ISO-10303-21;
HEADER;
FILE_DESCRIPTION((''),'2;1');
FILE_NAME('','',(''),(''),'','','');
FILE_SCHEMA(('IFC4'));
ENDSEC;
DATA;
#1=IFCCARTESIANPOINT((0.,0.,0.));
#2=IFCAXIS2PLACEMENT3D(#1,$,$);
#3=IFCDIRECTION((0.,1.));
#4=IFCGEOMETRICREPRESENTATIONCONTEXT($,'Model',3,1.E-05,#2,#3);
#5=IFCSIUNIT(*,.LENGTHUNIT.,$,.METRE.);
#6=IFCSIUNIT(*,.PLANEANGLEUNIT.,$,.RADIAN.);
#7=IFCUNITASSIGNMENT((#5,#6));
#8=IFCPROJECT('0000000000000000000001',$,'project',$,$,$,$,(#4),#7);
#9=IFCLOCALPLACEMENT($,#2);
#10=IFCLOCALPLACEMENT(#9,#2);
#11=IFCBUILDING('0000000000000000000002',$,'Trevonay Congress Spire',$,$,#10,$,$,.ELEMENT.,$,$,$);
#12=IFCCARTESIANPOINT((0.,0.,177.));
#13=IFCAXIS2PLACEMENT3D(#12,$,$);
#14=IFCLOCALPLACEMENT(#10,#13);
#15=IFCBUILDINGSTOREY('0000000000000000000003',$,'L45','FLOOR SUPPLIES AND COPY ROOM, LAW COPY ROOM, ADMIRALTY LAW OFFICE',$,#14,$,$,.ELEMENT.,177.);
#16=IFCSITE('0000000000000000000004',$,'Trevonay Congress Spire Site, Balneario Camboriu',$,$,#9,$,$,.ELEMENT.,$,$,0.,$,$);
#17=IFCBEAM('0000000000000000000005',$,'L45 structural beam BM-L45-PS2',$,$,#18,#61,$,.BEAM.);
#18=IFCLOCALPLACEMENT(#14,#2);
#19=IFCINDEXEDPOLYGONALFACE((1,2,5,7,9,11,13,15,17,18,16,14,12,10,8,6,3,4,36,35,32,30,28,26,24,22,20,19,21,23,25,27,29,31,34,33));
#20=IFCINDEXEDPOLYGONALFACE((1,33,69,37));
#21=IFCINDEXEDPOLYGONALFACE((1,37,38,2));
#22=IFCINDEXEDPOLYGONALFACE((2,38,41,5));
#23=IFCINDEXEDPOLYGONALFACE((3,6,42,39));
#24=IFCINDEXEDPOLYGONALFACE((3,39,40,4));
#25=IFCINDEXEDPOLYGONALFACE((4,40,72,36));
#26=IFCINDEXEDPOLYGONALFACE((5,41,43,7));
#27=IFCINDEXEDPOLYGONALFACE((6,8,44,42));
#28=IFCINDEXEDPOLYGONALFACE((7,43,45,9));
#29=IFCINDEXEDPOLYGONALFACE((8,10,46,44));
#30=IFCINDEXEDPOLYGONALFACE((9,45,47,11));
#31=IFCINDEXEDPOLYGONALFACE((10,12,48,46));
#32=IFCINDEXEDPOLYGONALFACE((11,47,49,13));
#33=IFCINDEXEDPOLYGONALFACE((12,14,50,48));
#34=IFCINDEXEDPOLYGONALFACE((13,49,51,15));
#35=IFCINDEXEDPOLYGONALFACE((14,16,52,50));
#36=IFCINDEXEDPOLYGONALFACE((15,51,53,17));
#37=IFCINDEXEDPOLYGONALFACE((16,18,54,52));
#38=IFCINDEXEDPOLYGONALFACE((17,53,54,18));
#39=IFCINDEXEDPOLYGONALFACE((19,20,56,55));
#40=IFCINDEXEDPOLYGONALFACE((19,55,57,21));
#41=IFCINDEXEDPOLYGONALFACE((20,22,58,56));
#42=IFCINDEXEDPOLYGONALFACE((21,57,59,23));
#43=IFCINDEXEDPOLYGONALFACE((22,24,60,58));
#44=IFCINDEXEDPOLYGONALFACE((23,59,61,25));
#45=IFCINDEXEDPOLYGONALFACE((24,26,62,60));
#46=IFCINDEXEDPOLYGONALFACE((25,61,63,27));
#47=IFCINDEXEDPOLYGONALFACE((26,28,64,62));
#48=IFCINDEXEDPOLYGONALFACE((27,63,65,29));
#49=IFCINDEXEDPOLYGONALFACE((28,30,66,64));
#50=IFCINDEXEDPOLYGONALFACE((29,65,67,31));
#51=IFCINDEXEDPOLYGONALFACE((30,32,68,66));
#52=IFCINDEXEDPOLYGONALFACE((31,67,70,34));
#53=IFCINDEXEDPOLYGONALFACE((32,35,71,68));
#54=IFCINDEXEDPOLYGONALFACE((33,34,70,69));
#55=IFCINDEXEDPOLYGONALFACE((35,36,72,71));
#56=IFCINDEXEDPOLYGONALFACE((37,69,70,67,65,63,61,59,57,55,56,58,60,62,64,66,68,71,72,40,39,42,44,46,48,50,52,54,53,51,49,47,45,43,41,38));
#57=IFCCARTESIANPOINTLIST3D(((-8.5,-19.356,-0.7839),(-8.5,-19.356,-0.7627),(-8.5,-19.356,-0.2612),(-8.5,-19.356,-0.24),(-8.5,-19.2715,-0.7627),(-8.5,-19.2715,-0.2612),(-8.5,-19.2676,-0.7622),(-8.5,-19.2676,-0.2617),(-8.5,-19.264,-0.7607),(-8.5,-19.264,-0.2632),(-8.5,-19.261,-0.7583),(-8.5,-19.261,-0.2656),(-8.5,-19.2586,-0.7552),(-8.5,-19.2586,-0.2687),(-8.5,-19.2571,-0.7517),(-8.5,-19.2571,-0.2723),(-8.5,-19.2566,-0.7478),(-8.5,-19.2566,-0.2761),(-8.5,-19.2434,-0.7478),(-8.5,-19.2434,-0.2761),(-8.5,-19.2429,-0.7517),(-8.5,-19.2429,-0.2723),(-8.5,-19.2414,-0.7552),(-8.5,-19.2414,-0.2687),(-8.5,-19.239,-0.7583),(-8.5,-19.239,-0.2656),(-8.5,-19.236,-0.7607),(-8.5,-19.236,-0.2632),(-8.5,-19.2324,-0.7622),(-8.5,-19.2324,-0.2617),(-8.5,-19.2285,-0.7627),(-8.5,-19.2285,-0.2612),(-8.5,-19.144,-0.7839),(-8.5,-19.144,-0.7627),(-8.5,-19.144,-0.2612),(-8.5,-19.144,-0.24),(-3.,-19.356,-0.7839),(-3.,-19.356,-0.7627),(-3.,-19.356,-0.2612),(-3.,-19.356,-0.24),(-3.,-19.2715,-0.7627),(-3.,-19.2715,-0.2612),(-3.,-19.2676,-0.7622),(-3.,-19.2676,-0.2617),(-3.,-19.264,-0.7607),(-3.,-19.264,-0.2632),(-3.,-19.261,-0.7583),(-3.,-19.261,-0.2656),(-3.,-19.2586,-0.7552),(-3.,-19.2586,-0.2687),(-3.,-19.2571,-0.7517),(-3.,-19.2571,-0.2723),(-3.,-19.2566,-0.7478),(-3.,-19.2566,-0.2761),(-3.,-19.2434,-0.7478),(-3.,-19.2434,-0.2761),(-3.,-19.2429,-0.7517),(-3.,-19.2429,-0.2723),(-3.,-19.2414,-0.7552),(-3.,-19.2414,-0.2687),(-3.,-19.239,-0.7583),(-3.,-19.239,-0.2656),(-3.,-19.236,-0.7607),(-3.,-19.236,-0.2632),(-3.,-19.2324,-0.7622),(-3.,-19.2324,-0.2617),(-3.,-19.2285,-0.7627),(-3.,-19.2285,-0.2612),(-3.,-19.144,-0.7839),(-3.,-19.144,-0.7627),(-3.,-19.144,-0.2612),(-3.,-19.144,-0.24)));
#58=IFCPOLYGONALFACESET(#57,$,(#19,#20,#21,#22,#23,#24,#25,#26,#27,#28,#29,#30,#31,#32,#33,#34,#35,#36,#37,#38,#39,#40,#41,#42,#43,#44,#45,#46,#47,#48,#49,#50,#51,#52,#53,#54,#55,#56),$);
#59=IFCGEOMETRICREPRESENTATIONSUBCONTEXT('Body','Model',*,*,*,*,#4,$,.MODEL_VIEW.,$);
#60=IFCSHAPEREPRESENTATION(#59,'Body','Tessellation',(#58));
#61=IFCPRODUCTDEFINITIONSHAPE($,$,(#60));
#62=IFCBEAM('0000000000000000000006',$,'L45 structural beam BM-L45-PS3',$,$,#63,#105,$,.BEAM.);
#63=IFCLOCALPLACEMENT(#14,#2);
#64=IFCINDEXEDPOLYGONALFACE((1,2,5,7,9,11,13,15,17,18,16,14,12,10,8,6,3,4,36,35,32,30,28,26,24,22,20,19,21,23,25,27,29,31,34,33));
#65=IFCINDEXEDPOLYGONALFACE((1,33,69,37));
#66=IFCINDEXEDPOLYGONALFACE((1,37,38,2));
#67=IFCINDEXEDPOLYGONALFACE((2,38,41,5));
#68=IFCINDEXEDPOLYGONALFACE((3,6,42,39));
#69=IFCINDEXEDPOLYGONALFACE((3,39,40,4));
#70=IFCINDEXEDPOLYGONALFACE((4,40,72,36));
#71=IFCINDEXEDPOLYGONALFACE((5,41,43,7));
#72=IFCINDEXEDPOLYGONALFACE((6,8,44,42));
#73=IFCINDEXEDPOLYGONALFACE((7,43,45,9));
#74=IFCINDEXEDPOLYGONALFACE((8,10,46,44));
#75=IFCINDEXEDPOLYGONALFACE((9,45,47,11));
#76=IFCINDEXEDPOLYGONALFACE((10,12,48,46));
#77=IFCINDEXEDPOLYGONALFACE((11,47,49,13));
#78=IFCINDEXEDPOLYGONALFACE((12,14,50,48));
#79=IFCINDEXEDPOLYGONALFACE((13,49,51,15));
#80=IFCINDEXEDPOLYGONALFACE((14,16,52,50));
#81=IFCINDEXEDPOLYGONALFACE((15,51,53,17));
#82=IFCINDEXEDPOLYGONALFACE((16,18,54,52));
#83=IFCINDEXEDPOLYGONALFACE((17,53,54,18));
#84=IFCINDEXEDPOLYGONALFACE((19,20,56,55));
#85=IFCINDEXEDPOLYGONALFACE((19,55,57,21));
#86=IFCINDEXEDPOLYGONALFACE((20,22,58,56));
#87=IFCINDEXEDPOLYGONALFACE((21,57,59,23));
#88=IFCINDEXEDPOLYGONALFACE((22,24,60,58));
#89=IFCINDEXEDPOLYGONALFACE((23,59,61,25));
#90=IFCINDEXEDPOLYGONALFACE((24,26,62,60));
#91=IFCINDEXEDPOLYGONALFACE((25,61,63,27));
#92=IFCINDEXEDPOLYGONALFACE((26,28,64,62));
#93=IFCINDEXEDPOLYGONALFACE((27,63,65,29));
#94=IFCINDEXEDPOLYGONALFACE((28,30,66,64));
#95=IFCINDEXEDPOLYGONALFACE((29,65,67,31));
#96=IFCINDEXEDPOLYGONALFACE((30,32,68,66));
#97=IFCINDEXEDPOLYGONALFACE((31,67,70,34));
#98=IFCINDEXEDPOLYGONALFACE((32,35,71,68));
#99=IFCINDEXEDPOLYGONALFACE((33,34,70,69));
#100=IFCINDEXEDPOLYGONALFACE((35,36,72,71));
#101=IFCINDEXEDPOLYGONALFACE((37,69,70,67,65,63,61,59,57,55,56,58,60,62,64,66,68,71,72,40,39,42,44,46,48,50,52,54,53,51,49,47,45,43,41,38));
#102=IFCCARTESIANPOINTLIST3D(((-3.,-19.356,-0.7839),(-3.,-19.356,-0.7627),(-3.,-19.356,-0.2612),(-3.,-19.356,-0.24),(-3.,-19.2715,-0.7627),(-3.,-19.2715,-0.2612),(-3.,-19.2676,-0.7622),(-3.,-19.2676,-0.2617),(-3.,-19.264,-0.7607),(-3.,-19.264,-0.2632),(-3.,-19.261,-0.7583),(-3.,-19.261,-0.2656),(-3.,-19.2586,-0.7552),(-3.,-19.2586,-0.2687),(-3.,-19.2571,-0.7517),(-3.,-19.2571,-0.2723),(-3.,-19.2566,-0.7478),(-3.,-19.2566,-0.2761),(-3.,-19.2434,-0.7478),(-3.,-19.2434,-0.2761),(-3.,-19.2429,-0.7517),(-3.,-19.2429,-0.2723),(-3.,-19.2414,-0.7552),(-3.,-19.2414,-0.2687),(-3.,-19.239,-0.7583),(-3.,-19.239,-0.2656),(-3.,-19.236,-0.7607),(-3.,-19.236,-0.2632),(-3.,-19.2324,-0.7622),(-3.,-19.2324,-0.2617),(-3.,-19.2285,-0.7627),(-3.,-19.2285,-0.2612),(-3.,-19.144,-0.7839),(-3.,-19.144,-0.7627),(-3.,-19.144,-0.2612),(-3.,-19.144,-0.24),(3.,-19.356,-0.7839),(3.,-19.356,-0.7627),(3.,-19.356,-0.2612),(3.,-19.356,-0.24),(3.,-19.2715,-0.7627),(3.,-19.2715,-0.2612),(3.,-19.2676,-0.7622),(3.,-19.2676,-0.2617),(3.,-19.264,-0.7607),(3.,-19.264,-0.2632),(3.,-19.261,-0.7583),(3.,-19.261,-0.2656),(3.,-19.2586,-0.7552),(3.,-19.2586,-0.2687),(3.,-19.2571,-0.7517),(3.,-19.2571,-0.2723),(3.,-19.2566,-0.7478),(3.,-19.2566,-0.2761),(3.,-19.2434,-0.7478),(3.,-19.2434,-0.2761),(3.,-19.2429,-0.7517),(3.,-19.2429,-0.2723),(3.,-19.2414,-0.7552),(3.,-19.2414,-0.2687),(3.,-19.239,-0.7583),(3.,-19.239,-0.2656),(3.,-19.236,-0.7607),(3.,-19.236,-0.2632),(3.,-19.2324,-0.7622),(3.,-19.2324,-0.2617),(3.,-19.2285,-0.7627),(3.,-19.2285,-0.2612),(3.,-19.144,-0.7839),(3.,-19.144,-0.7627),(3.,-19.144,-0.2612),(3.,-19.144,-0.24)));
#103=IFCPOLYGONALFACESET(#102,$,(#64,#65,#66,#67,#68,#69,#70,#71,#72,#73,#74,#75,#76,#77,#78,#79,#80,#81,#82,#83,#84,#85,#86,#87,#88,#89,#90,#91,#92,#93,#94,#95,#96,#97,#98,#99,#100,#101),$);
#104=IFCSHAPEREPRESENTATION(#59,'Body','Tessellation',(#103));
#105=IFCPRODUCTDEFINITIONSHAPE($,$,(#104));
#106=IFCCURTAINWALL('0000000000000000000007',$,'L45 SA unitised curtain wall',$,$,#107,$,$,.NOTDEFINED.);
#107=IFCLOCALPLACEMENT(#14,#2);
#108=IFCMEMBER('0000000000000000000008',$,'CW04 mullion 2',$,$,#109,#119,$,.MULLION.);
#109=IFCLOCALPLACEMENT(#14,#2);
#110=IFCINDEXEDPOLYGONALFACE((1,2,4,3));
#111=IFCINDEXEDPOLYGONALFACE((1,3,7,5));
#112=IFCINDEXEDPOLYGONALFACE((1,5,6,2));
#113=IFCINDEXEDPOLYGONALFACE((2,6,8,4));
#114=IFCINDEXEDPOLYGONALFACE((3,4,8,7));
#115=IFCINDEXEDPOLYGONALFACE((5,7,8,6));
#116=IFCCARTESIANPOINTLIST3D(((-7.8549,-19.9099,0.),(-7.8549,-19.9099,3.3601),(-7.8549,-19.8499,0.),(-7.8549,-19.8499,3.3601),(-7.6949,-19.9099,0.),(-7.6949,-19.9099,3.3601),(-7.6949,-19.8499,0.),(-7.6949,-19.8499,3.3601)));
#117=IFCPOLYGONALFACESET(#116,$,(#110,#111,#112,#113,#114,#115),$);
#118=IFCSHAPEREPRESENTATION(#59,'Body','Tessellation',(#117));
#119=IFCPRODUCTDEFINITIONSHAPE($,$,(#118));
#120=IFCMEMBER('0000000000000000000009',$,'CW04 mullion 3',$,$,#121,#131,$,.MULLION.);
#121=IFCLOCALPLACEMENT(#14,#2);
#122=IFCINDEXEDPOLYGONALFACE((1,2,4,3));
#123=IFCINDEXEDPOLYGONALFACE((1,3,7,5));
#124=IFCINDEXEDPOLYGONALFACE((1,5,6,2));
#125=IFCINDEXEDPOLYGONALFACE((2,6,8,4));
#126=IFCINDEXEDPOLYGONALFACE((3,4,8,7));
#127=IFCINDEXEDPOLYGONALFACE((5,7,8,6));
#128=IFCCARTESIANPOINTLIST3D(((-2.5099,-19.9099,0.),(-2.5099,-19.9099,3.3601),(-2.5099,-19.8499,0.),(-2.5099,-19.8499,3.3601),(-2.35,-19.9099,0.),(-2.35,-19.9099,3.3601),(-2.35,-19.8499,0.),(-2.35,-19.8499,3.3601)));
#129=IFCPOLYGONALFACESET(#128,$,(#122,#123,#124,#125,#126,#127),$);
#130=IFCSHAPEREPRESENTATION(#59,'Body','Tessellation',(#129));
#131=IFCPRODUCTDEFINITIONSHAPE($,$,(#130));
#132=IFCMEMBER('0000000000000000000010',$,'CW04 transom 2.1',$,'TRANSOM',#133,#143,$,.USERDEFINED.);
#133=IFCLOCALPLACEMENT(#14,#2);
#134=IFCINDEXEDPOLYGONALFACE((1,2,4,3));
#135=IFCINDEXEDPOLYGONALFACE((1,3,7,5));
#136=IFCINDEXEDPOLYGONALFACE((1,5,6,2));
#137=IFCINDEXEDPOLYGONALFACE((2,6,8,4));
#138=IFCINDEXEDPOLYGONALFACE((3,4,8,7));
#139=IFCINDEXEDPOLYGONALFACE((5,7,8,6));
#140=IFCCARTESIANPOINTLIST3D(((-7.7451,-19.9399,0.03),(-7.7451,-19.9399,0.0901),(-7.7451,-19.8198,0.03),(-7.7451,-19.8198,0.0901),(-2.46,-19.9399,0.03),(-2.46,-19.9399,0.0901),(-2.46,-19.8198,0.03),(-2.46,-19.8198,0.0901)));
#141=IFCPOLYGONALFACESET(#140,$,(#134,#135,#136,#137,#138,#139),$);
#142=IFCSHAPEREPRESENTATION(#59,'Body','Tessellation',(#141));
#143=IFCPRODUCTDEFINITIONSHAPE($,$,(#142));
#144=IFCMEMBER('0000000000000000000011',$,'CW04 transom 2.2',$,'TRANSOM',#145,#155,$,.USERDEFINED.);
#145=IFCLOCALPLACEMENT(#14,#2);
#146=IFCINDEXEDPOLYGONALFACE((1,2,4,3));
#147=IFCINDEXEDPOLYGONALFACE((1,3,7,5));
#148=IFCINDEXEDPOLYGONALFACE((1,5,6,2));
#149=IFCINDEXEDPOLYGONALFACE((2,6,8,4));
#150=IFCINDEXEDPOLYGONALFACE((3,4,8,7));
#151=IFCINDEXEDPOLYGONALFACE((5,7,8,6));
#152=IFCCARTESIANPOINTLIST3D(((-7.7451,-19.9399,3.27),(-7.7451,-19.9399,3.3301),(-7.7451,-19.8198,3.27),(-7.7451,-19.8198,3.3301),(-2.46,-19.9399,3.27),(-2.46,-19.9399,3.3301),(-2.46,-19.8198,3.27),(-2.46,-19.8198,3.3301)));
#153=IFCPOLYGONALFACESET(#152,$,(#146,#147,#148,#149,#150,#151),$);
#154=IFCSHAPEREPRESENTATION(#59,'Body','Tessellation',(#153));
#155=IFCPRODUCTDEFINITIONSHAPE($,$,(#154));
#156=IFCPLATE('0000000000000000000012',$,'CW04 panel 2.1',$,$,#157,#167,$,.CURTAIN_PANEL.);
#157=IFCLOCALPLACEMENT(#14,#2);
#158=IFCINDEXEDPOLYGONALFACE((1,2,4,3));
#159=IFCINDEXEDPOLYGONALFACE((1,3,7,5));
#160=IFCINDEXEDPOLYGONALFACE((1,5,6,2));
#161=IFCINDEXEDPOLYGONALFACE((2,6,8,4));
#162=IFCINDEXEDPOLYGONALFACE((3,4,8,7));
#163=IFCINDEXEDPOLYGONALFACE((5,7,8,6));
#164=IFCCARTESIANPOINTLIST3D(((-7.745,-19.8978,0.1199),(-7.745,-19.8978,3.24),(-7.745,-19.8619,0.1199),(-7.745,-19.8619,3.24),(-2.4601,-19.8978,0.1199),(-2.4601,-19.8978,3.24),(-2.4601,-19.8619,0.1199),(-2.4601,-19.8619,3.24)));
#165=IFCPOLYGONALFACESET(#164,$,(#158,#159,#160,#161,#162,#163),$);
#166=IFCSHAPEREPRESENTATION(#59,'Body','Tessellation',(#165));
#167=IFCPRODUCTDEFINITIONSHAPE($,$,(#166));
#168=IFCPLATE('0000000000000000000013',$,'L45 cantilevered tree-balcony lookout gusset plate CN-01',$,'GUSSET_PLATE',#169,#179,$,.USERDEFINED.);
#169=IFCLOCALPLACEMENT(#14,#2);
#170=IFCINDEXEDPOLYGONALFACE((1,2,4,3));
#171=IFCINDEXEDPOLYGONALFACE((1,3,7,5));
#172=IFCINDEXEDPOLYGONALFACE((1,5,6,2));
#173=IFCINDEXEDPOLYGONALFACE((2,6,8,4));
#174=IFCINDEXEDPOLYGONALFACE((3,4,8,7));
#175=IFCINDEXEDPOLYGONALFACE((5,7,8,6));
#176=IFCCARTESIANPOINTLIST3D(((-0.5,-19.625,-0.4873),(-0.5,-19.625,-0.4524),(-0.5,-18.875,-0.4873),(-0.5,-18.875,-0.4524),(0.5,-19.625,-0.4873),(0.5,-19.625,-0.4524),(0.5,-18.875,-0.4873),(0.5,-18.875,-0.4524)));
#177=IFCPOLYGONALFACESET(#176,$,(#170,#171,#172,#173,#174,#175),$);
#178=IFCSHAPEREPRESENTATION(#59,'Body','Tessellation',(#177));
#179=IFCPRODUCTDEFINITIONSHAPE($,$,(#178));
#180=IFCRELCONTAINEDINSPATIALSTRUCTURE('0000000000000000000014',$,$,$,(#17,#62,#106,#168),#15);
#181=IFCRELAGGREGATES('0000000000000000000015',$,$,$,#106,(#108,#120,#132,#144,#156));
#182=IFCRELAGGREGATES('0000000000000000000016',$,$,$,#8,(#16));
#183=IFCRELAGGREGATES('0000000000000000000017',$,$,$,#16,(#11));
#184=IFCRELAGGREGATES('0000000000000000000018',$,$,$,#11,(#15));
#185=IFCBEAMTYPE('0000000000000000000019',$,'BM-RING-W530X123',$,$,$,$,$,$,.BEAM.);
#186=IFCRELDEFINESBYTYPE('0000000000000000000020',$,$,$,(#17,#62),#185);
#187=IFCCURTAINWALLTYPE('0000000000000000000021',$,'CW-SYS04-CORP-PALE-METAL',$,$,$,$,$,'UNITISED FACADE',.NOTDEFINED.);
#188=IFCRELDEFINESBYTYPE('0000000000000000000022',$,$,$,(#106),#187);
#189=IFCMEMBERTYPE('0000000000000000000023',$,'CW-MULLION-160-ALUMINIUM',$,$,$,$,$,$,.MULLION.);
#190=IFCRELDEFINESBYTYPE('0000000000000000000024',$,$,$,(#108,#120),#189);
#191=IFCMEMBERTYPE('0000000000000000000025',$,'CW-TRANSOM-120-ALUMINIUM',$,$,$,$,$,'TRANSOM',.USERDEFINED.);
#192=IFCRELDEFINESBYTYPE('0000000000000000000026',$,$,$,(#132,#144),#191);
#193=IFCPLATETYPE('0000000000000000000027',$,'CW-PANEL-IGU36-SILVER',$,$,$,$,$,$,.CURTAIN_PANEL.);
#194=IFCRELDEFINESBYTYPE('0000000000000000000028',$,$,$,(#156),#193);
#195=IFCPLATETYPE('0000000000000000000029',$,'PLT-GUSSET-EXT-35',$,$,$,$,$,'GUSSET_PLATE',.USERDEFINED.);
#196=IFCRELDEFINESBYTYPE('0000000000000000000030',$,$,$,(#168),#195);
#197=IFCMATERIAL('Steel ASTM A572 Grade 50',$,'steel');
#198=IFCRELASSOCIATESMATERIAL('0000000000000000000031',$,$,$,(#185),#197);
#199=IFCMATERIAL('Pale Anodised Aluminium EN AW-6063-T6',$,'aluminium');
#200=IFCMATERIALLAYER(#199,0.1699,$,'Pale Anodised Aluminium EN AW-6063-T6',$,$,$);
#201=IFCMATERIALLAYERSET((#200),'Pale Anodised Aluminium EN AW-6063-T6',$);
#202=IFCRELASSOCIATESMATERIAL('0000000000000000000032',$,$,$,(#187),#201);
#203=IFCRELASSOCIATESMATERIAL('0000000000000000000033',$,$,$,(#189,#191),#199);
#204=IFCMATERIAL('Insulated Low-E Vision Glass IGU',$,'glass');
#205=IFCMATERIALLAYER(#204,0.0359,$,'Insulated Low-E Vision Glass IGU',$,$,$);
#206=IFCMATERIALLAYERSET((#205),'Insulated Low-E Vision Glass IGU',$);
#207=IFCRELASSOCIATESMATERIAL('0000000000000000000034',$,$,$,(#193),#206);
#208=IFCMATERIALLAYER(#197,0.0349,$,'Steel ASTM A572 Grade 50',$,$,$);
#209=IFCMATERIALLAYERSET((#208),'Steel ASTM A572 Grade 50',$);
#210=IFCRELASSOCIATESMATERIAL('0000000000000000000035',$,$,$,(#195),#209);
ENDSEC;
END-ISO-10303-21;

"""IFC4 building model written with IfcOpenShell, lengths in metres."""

from ifc_helpers import new_model, si_unit, direction, frame, origin, origin_2d, place, context, subcontext, project, spatial, rectangle, i_section, extrude, material, layer, layer_set, material_profile, profile_set, type_object, element, aggregate, save


model = new_model("IFC4")

# Units and contexts
model_context = context("Model", 3, precision=1e-05, world=origin(), true_north=direction((0.0, 1.0)))
body_context = subcontext(model_context, "Body", "Model", "MODEL_VIEW")
ifc_project = project(units=[si_unit("LENGTHUNIT", "METRE"), si_unit("PLANEANGLEUNIT", "RADIAN")], contexts=[model_context])

# Site, building, storey
site_placement = place(None, origin())
site = spatial("IfcSite", under=ifc_project, at=site_placement, Name="Trevonay Congress Spire Site, Balneario Camboriu", CompositionType="ELEMENT", RefElevation=0.0)
building_placement = place(site_placement, origin())
building = spatial("IfcBuilding", under=site, at=building_placement, Name="Trevonay Congress Spire", CompositionType="ELEMENT")
storey_placement = place(building_placement, frame((0.0, 0.0, 177.0)))
storey = spatial("IfcBuildingStorey", under=building, at=storey_placement, Name="L45", Description="FLOOR SUPPLIES AND COPY ROOM, LAW COPY ROOM, ADMIRALTY LAW OFFICE", CompositionType="ELEMENT", Elevation=177.0)

# Shared definitions
ifc_material_1 = material(Name="Steel ASTM A572 Grade 50", Category="steel")

# Beams
ifc_material_profile_1 = material_profile(ifc_material_1, i_section(OverallWidth=0.2119, OverallDepth=0.5439, WebThickness=0.0132, FlangeThickness=0.0212, FilletRadius=0.0149, at=origin_2d()), Name="W530x123")
ifc_profile_set_1 = profile_set([ifc_material_profile_1], Name="Steel ASTM A572 Grade 50")
beam_type_1 = type_object("IfcBeamType", Name="BM-RING-W530X123", PredefinedType="BEAM", material=ifc_profile_set_1)
beam_1_placement = place(storey_placement, frame((-8.5, -19.25, -0.512), z_axis=(1.0, 0.0, 0.0), x_axis=(0.0, 1.0, 0.0)))
element("IfcBeam", 1, at=beam_1_placement, inside=storey, type_object=beam_type_1, Name="L45 structural beam BM-L45-PS2", PredefinedType="BEAM", context=body_context, shape_type="SweptSolid", body=[
    extrude(i_section(OverallWidth=0.2119, OverallDepth=0.5439, WebThickness=0.0132, FlangeThickness=0.0212, FilletRadius=0.0149, at=origin_2d()), origin(), (0.0, 0.0, 1.0), 5.5),
])
beam_2_placement = place(storey_placement, frame((-3.0, -19.25, -0.512), z_axis=(1.0, 0.0, 0.0), x_axis=(0.0, 1.0, 0.0)))
element("IfcBeam", 2, at=beam_2_placement, inside=storey, type_object=beam_type_1, Name="L45 structural beam BM-L45-PS3", PredefinedType="BEAM", context=body_context, shape_type="SweptSolid", body=[
    extrude(i_section(OverallWidth=0.2119, OverallDepth=0.5439, WebThickness=0.0132, FlangeThickness=0.0212, FilletRadius=0.0149, at=origin_2d()), origin(), (0.0, 0.0, 1.0), 6.0),
])

# Curtain wall, members, plate
ifc_material_2 = material(Name="Pale Anodised Aluminium EN AW-6063-T6", Category="aluminium")
ifc_layer_1 = layer(ifc_material_2, 0.1699, Name="Pale Anodised Aluminium EN AW-6063-T6")
ifc_layer_set_1 = layer_set([ifc_layer_1], Name="Pale Anodised Aluminium EN AW-6063-T6")
curtain_wall_type = type_object("IfcCurtainWallType", Name="CW-SYS04-CORP-PALE-METAL", ElementType="UNITISED FACADE", PredefinedType="NOTDEFINED", material=ifc_layer_set_1)
curtain_wall_placement = place(storey_placement, origin())
curtain_wall = element("IfcCurtainWall", 3, at=curtain_wall_placement, inside=storey, type_object=curtain_wall_type, Name="L45 SA unitised curtain wall", PredefinedType="NOTDEFINED")
ifc_material_profile_2 = material_profile(ifc_material_2, rectangle(XDim=0.0601, YDim=0.1599, at=origin_2d()), Name="CW-MULLION-160-ALUMINIUM")
ifc_profile_set_2 = profile_set([ifc_material_profile_2], Name="Pale Anodised Aluminium EN AW-6063-T6")
member_type_1 = type_object("IfcMemberType", Name="CW-MULLION-160-ALUMINIUM", PredefinedType="MULLION", material=ifc_profile_set_2)
member_1_placement = place(storey_placement, frame((-7.7749, -19.8799, 0.0), z_axis=(0.0, 0.0, 1.0), x_axis=(0.0, 1.0, 0.0)))
member_1 = element("IfcMember", 4, at=member_1_placement, type_object=member_type_1, Name="CW04 mullion 2", PredefinedType="MULLION", context=body_context, shape_type="SweptSolid", body=[
    extrude(rectangle(XDim=0.0601, YDim=0.1599, at=origin_2d()), origin(), (0.0, 0.0, 1.0), 3.3601),
])
member_2_placement = place(storey_placement, frame((-2.4299, -19.8799, 0.0), z_axis=(0.0, 0.0, 1.0), x_axis=(0.0, 1.0, 0.0)))
member_2 = element("IfcMember", 5, at=member_2_placement, type_object=member_type_1, Name="CW04 mullion 3", PredefinedType="MULLION", context=body_context, shape_type="SweptSolid", body=[
    extrude(rectangle(XDim=0.0601, YDim=0.1599, at=origin_2d()), origin(), (0.0, 0.0, 1.0), 3.3601),
])
ifc_material_profile_3 = material_profile(ifc_material_2, rectangle(XDim=0.1201, YDim=0.0601, at=origin_2d()), Name="CW-TRANSOM-120-ALUMINIUM")
ifc_profile_set_3 = profile_set([ifc_material_profile_3], Name="Pale Anodised Aluminium EN AW-6063-T6")
member_type_2 = type_object("IfcMemberType", Name="CW-TRANSOM-120-ALUMINIUM", ElementType="TRANSOM", PredefinedType="USERDEFINED", material=ifc_profile_set_3)
member_3_placement = place(storey_placement, frame((-7.7451, -19.8799, 0.0601), z_axis=(1.0, 0.0, 0.0), x_axis=(0.0, 1.0, 0.0)))
member_3 = element("IfcMember", 6, at=member_3_placement, type_object=member_type_2, Name="CW04 transom 2.1", ObjectType="TRANSOM", PredefinedType="USERDEFINED", context=body_context, shape_type="SweptSolid", body=[
    extrude(rectangle(XDim=0.1201, YDim=0.0601, at=origin_2d()), origin(), (0.0, 0.0, 1.0), 5.2852),
])
member_4_placement = place(storey_placement, frame((-7.7451, -19.8799, 3.3), z_axis=(1.0, 0.0, 0.0), x_axis=(0.0, 1.0, 0.0)))
member_4 = element("IfcMember", 7, at=member_4_placement, type_object=member_type_2, Name="CW04 transom 2.2", ObjectType="TRANSOM", PredefinedType="USERDEFINED", context=body_context, shape_type="SweptSolid", body=[
    extrude(rectangle(XDim=0.1201, YDim=0.0601, at=origin_2d()), origin(), (0.0, 0.0, 1.0), 5.2852),
])
ifc_material_3 = material(Name="Insulated Low-E Vision Glass IGU", Category="glass")
ifc_layer_2 = layer(ifc_material_3, 0.0359, Name="Insulated Low-E Vision Glass IGU")
ifc_layer_set_2 = layer_set([ifc_layer_2], Name="Insulated Low-E Vision Glass IGU")
plate_type_1 = type_object("IfcPlateType", Name="CW-PANEL-IGU36-SILVER", PredefinedType="CURTAIN_PANEL", material=ifc_layer_set_2)
plate_1_placement = place(storey_placement, frame((-5.1025, -19.8799, 0.1199), z_axis=(0.0, 0.0, 1.0), x_axis=(1.0, 0.0, 0.0)))
plate_1 = element("IfcPlate", 8, at=plate_1_placement, type_object=plate_type_1, Name="CW04 panel 2.1", PredefinedType="CURTAIN_PANEL", context=body_context, shape_type="SweptSolid", body=[
    extrude(rectangle(XDim=5.2849, YDim=0.0359, at=origin_2d()), origin(), (0.0, 0.0, 1.0), 3.1201),
])
aggregate(curtain_wall, [member_1, member_2, member_3, member_4, plate_1])

# Plate
ifc_layer_3 = layer(ifc_material_1, 0.0349, Name="Steel ASTM A572 Grade 50")
ifc_layer_set_3 = layer_set([ifc_layer_3], Name="Steel ASTM A572 Grade 50")
plate_type_2 = type_object("IfcPlateType", Name="PLT-GUSSET-EXT-35", ElementType="GUSSET_PLATE", PredefinedType="USERDEFINED", material=ifc_layer_set_3)
plate_2_placement = place(storey_placement, frame((0.0, -19.25, -0.4873), z_axis=(0.0, 0.0, 1.0), x_axis=(1.0, 0.0, 0.0)))
element("IfcPlate", 9, at=plate_2_placement, inside=storey, type_object=plate_type_2, Name="L45 cantilevered tree-balcony lookout gusset plate CN-01", ObjectType="GUSSET_PLATE", PredefinedType="USERDEFINED", context=body_context, shape_type="SweptSolid", body=[
    extrude(rectangle(XDim=1.0, YDim=0.75, at=origin_2d()), origin(), (0.0, 0.0, 1.0), 0.0349),
])

save(model, "model.ifc")
